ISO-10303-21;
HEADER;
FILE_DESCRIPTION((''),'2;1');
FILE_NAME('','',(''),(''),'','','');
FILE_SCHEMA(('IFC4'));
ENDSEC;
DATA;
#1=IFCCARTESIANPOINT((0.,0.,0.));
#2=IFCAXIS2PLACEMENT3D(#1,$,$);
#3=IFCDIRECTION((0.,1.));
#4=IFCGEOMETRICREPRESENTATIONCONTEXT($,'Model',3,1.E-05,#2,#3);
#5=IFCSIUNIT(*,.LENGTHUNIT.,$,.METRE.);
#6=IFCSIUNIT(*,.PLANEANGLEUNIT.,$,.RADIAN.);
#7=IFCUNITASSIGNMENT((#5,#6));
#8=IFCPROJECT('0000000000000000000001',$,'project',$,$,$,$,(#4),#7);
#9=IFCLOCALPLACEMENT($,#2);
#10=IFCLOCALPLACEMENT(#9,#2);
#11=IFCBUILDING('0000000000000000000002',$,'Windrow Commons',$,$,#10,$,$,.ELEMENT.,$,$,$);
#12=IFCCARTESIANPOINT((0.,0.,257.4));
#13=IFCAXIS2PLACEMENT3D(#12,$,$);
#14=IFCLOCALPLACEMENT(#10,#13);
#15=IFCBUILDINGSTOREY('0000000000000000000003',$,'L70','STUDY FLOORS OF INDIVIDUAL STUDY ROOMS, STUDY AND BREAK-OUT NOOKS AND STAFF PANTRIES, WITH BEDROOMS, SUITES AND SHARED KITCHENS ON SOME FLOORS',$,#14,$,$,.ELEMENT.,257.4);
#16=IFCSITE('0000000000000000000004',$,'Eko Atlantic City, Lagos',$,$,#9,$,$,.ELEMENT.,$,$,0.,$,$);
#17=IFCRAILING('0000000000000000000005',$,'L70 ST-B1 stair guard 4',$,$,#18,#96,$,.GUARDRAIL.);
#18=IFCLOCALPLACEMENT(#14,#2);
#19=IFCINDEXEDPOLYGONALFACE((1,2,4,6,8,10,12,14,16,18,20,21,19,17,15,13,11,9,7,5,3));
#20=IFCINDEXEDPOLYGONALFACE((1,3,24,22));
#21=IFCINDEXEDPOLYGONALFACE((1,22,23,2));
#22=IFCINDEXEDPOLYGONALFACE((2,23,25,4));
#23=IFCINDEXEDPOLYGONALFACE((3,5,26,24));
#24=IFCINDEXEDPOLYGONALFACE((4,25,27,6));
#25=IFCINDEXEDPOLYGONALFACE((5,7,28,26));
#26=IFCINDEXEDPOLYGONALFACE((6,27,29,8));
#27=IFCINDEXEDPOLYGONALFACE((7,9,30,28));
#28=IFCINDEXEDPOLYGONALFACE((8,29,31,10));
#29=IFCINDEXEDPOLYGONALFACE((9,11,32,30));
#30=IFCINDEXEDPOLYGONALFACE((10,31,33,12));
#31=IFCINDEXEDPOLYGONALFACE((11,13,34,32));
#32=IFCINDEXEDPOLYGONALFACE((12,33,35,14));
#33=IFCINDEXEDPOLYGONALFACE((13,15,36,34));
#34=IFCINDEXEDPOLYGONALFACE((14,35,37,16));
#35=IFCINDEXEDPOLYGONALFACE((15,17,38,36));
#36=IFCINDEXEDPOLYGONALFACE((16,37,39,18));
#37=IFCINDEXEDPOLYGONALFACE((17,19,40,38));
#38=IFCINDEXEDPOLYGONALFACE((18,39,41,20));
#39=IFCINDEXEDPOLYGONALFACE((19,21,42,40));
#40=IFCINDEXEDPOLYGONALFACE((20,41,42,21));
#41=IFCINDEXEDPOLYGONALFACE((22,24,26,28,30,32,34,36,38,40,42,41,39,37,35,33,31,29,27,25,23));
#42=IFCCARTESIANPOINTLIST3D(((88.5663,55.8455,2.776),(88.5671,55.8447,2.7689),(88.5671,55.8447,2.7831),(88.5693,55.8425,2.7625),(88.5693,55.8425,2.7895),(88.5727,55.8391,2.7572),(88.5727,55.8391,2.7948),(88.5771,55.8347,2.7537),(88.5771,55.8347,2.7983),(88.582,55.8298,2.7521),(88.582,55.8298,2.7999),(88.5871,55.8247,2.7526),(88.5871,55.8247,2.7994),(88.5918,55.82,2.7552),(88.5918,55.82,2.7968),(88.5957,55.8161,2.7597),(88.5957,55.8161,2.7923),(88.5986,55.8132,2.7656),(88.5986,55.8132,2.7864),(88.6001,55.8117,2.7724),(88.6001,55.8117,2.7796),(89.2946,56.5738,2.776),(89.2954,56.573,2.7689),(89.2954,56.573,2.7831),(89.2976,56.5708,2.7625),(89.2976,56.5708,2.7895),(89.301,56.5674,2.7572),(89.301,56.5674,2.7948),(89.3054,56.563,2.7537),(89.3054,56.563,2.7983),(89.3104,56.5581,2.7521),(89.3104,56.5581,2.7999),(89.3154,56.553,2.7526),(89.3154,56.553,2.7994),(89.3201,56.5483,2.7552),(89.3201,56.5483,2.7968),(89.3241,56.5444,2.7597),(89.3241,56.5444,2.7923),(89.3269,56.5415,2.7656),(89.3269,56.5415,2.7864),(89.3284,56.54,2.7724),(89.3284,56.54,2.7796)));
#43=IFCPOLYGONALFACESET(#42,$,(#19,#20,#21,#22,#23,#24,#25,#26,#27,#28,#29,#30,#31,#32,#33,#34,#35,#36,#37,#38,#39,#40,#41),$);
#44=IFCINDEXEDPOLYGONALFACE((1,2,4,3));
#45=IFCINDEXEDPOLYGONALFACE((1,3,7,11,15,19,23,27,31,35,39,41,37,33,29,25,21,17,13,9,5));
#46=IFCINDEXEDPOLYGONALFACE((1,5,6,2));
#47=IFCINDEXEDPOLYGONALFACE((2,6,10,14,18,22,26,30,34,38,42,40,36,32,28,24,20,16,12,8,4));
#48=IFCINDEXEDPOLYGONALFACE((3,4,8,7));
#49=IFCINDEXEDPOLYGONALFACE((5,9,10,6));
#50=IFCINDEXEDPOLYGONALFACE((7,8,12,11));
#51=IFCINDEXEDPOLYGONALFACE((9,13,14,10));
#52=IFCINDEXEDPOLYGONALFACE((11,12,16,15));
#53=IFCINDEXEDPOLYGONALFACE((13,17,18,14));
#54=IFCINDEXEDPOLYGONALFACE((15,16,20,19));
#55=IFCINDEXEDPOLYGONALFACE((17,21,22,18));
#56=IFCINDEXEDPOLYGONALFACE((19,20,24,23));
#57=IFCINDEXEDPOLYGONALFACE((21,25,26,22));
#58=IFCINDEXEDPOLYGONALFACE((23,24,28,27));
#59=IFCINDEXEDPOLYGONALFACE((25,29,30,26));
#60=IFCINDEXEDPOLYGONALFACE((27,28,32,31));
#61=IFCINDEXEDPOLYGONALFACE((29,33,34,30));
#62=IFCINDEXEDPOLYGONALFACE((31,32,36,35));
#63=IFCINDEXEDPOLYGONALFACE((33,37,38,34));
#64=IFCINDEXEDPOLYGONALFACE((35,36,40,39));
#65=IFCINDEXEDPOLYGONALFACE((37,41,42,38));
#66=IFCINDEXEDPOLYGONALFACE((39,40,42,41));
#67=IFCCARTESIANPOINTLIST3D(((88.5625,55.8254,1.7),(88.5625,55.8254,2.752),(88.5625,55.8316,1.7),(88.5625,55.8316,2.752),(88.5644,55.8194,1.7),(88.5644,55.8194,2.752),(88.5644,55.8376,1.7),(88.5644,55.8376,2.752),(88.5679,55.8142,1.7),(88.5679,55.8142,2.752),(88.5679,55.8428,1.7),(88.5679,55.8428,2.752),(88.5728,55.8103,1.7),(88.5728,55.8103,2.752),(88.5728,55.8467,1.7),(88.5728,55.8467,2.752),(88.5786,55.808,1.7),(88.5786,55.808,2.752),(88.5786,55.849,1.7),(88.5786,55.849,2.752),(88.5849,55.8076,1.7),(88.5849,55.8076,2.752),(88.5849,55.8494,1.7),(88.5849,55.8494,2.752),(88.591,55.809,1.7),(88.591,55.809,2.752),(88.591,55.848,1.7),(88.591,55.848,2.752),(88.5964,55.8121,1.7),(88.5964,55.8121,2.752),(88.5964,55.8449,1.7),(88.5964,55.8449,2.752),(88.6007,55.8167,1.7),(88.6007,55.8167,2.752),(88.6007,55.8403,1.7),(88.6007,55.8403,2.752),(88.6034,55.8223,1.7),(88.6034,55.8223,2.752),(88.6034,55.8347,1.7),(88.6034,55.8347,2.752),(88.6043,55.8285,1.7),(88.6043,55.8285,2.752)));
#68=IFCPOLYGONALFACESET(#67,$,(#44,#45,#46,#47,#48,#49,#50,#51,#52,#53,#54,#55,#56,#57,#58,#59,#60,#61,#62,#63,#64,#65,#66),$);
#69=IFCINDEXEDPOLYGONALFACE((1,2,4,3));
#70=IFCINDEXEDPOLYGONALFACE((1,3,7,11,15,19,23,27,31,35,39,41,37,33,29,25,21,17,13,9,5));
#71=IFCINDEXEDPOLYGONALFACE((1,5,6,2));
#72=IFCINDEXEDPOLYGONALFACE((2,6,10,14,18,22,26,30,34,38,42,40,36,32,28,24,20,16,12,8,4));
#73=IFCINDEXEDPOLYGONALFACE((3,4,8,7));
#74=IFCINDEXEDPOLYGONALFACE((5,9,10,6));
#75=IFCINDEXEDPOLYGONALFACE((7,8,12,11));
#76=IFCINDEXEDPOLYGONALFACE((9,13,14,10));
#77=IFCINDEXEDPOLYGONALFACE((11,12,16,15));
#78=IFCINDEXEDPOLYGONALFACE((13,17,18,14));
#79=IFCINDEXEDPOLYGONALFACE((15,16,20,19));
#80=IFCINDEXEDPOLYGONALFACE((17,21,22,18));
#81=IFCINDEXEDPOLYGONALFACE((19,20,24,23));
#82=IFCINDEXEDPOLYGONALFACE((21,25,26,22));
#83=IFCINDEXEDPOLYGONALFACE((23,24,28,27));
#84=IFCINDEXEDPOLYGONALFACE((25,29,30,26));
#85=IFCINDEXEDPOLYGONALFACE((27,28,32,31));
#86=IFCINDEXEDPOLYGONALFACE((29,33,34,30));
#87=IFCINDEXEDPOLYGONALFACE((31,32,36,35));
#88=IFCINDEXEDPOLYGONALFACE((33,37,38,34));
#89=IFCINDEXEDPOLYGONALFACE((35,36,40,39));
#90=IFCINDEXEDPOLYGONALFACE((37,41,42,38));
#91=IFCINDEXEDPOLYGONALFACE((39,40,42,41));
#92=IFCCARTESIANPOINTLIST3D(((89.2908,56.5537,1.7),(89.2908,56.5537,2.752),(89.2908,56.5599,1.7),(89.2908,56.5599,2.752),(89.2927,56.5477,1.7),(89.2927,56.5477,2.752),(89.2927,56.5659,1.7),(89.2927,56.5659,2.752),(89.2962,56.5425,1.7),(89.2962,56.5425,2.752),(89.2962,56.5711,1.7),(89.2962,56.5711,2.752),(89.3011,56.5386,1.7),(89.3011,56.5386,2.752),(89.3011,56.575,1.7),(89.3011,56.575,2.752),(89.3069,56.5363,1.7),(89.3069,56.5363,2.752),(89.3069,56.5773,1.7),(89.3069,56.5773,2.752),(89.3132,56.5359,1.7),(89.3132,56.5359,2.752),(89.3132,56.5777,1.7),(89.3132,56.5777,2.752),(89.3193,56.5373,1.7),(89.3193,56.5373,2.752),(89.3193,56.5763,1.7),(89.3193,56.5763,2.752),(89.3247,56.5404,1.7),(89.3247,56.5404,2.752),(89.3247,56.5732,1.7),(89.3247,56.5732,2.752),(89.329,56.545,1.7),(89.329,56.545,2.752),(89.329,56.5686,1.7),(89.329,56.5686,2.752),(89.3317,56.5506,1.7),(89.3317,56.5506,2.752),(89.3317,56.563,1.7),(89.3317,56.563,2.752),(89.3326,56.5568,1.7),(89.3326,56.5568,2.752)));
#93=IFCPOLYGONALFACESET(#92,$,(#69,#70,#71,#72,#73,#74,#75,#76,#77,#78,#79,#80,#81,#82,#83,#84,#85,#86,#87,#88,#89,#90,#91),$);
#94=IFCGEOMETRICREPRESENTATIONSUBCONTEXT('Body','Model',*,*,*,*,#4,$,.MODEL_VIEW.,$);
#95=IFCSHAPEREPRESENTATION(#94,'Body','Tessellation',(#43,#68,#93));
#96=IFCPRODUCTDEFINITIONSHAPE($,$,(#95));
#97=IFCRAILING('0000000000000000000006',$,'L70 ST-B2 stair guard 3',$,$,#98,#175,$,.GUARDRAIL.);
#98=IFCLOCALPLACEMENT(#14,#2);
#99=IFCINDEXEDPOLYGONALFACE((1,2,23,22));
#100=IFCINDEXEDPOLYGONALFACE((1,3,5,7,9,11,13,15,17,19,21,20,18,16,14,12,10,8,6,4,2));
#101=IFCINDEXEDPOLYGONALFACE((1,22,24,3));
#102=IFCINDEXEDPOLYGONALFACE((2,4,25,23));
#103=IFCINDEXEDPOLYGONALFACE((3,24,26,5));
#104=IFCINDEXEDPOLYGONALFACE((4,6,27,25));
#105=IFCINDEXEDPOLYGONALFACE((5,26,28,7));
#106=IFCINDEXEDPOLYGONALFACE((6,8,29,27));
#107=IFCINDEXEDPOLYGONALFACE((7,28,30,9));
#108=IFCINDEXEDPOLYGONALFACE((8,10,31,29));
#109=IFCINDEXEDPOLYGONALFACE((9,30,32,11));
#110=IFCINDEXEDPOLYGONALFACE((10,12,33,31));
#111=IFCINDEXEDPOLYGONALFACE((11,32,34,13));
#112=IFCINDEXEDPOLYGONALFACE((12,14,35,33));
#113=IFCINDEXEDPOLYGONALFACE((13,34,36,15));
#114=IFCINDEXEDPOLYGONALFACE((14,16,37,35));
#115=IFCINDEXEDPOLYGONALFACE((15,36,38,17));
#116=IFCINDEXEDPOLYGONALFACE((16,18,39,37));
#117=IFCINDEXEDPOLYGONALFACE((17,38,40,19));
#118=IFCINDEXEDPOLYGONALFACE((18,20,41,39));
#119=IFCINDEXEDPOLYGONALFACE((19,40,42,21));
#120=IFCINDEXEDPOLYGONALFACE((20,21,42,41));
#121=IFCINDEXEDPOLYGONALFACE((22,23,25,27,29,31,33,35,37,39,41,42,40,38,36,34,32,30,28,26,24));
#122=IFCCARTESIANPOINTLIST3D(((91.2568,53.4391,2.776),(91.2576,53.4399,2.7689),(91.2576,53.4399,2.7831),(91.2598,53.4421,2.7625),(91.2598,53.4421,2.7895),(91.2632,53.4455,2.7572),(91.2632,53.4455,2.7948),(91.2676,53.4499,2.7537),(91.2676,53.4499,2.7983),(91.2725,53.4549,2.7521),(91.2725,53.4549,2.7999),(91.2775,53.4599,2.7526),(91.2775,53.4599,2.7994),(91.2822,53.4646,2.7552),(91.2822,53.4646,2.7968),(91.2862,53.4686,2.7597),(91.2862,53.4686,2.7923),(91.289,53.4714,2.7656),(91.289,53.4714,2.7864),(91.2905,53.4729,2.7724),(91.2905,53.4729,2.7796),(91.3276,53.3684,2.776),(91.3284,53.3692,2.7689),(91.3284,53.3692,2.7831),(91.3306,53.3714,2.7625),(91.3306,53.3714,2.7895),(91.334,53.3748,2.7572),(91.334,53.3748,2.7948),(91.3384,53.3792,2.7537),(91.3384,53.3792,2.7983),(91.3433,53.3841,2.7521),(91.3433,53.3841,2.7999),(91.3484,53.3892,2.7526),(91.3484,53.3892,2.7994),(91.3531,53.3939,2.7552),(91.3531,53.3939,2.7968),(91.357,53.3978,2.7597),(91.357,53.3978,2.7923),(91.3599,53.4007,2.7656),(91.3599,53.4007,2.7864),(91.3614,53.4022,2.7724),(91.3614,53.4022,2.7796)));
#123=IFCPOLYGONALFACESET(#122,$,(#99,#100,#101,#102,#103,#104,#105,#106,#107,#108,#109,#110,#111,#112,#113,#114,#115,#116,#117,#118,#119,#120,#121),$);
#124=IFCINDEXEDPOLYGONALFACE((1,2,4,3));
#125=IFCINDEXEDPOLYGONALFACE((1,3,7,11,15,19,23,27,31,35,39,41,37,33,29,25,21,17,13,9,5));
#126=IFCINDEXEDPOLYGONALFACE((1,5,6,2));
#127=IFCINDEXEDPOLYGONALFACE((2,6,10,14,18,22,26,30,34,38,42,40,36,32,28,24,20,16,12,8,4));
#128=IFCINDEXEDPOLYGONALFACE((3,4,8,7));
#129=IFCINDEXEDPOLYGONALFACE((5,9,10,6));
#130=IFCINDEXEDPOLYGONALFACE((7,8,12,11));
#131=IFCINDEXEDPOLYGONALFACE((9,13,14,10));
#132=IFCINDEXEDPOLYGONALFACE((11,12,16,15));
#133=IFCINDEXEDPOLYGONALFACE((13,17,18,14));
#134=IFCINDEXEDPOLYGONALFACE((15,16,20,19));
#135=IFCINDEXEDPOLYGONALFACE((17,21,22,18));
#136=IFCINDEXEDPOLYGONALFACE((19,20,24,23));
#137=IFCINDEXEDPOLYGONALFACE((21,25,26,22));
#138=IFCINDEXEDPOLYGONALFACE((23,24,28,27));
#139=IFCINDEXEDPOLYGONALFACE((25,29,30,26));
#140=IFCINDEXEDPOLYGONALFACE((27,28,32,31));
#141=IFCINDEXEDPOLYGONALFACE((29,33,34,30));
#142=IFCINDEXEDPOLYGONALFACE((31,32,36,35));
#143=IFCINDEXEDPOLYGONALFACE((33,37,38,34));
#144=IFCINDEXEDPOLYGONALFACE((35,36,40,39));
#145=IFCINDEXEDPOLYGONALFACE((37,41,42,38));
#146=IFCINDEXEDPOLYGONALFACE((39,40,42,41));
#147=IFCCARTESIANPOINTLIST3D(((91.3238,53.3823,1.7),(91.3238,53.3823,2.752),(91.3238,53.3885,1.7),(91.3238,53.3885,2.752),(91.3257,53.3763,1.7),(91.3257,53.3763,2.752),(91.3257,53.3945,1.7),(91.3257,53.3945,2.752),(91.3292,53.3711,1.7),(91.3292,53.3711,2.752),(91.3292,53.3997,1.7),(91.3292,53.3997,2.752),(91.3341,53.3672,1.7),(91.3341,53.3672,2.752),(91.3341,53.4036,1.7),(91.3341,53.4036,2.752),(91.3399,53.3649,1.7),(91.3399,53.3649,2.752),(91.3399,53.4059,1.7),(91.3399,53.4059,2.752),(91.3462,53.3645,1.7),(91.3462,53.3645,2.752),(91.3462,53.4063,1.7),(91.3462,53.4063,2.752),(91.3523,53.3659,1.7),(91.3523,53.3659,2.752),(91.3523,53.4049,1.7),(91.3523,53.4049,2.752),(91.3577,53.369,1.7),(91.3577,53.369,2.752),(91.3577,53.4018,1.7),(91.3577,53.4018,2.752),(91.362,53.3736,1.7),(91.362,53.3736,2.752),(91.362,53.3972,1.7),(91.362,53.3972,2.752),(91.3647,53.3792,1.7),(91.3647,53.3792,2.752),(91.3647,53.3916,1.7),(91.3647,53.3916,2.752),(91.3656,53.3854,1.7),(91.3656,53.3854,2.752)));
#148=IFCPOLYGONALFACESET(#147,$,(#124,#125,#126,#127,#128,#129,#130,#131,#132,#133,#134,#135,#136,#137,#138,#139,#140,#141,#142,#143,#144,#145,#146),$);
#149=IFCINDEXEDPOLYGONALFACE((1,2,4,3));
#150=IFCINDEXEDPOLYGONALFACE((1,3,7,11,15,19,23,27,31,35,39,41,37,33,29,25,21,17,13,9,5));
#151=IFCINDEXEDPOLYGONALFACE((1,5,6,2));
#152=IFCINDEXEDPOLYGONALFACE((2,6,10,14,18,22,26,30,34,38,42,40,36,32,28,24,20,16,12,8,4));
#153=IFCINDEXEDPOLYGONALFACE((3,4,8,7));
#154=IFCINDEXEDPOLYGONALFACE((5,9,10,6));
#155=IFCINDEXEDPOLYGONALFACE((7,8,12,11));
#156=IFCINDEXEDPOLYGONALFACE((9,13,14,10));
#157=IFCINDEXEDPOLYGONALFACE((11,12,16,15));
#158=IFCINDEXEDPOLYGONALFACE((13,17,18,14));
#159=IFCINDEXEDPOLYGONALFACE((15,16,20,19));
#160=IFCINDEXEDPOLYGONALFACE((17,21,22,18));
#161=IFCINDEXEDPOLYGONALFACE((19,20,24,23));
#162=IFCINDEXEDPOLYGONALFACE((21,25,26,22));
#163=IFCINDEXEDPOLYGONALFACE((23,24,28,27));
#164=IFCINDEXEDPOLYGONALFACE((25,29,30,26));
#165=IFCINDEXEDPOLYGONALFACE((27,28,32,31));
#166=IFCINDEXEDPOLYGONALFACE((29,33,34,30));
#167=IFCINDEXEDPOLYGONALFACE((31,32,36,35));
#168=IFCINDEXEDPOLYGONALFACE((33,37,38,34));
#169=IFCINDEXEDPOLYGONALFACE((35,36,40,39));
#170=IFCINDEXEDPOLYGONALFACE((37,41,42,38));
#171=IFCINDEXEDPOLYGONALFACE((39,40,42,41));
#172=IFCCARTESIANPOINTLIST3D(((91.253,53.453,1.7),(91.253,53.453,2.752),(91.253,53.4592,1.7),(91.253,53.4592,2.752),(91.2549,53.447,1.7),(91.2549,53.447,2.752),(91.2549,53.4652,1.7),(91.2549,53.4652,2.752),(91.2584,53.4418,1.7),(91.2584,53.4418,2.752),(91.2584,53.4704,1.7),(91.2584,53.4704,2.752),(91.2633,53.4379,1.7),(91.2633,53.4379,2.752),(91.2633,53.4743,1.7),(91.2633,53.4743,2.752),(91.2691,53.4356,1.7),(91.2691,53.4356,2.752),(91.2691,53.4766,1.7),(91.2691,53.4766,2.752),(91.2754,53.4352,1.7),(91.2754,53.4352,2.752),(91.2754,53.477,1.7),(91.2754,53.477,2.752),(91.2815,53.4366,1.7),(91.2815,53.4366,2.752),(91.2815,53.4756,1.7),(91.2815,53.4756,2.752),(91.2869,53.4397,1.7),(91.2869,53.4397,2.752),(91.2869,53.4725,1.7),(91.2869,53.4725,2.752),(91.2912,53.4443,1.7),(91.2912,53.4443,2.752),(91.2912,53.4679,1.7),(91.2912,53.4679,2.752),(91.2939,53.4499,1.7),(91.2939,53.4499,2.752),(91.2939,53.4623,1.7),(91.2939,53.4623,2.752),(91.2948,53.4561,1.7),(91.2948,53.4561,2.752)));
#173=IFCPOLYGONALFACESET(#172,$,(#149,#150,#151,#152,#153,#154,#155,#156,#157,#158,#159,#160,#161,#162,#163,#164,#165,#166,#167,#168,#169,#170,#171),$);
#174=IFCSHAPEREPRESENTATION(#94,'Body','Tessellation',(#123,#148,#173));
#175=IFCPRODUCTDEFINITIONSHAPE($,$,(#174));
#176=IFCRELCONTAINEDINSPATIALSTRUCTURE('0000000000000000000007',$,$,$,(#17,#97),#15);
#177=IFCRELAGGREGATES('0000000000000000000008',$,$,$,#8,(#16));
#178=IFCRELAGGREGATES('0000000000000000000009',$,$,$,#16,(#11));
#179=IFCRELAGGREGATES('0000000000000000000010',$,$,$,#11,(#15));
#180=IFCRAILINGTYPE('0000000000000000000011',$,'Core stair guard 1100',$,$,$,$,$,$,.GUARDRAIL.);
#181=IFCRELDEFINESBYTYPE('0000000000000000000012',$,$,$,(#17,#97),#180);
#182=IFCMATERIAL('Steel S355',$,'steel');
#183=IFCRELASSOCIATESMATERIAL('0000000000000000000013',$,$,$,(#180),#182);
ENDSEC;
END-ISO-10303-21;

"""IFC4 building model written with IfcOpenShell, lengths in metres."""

from ifc_helpers import new_model, si_unit, direction, frame, origin, origin_2d, place, context, subcontext, project, spatial, circle, extrude, material, type_object, element, save


model = new_model("IFC4")

# Units and contexts
model_context = context("Model", 3, precision=1e-05, world=origin(), true_north=direction((0.0, 1.0)))
body_context = subcontext(model_context, "Body", "Model", "MODEL_VIEW")
ifc_project = project(units=[si_unit("LENGTHUNIT", "METRE"), si_unit("PLANEANGLEUNIT", "RADIAN")], contexts=[model_context])

# Site, building, storey
site_placement = place(None, origin())
site = spatial("IfcSite", under=ifc_project, at=site_placement, Name="Eko Atlantic City, Lagos", CompositionType="ELEMENT", RefElevation=0.0)
building_placement = place(site_placement, origin())
building = spatial("IfcBuilding", under=site, at=building_placement, Name="Windrow Commons", CompositionType="ELEMENT")
storey_placement = place(building_placement, frame((0.0, 0.0, 257.4)))
storey = spatial("IfcBuildingStorey", under=building, at=storey_placement, Name="L70", Description="STUDY FLOORS OF INDIVIDUAL STUDY ROOMS, STUDY AND BREAK-OUT NOOKS AND STAFF PANTRIES, WITH BEDROOMS, SUITES AND SHARED KITCHENS ON SOME FLOORS", CompositionType="ELEMENT", Elevation=257.4)

# Railings
ifc_material_1 = material(Name="Steel S355", Category="steel")
railing_type_1 = type_object("IfcRailingType", Name="Core stair guard 1100", PredefinedType="GUARDRAIL", material=ifc_material_1)
railing_1_placement = place(storey_placement, frame((88.5833, 55.8285, 1.7)))
element("IfcRailing", 1, at=railing_1_placement, inside=storey, type_object=railing_type_1, Name="L70 ST-B1 stair guard 4", PredefinedType="GUARDRAIL", context=body_context, shape_type="SweptSolid", body=[
    extrude(circle(Radius=0.024, at=origin_2d()), frame((0.0, 0.0, 1.076), z_axis=(0.707107, 0.707107, 0.0), x_axis=(-0.707107, 0.707107, 0.0)), (0.0, 0.0, 1.0), 1.03),
    extrude(circle(Radius=0.021, at=origin_2d()), origin(), (0.0, 0.0, 1.0), 1.052),
    extrude(circle(Radius=0.021, at=origin_2d()), frame((0.7283, 0.7283, 0.0)), (0.0, 0.0, 1.0), 1.052),
])
railing_2_placement = place(storey_placement, frame((91.3446, 53.3854, 1.7)))
element("IfcRailing", 2, at=railing_2_placement, inside=storey, type_object=railing_type_1, Name="L70 ST-B2 stair guard 3", PredefinedType="GUARDRAIL", context=body_context, shape_type="SweptSolid", body=[
    extrude(circle(Radius=0.024, at=origin_2d()), frame((0.0, 0.0, 1.076), z_axis=(-0.707606, 0.706607, 0.0), x_axis=(-0.706607, -0.707606, 0.0)), (0.0, 0.0, 1.0), 0.1001),
    extrude(circle(Radius=0.021, at=origin_2d()), origin(), (0.0, 0.0, 1.0), 1.052),
    extrude(circle(Radius=0.021, at=origin_2d()), frame((-0.0708, 0.0707, 0.0)), (0.0, 0.0, 1.0), 1.052),
])

save(model, "model.ifc")
